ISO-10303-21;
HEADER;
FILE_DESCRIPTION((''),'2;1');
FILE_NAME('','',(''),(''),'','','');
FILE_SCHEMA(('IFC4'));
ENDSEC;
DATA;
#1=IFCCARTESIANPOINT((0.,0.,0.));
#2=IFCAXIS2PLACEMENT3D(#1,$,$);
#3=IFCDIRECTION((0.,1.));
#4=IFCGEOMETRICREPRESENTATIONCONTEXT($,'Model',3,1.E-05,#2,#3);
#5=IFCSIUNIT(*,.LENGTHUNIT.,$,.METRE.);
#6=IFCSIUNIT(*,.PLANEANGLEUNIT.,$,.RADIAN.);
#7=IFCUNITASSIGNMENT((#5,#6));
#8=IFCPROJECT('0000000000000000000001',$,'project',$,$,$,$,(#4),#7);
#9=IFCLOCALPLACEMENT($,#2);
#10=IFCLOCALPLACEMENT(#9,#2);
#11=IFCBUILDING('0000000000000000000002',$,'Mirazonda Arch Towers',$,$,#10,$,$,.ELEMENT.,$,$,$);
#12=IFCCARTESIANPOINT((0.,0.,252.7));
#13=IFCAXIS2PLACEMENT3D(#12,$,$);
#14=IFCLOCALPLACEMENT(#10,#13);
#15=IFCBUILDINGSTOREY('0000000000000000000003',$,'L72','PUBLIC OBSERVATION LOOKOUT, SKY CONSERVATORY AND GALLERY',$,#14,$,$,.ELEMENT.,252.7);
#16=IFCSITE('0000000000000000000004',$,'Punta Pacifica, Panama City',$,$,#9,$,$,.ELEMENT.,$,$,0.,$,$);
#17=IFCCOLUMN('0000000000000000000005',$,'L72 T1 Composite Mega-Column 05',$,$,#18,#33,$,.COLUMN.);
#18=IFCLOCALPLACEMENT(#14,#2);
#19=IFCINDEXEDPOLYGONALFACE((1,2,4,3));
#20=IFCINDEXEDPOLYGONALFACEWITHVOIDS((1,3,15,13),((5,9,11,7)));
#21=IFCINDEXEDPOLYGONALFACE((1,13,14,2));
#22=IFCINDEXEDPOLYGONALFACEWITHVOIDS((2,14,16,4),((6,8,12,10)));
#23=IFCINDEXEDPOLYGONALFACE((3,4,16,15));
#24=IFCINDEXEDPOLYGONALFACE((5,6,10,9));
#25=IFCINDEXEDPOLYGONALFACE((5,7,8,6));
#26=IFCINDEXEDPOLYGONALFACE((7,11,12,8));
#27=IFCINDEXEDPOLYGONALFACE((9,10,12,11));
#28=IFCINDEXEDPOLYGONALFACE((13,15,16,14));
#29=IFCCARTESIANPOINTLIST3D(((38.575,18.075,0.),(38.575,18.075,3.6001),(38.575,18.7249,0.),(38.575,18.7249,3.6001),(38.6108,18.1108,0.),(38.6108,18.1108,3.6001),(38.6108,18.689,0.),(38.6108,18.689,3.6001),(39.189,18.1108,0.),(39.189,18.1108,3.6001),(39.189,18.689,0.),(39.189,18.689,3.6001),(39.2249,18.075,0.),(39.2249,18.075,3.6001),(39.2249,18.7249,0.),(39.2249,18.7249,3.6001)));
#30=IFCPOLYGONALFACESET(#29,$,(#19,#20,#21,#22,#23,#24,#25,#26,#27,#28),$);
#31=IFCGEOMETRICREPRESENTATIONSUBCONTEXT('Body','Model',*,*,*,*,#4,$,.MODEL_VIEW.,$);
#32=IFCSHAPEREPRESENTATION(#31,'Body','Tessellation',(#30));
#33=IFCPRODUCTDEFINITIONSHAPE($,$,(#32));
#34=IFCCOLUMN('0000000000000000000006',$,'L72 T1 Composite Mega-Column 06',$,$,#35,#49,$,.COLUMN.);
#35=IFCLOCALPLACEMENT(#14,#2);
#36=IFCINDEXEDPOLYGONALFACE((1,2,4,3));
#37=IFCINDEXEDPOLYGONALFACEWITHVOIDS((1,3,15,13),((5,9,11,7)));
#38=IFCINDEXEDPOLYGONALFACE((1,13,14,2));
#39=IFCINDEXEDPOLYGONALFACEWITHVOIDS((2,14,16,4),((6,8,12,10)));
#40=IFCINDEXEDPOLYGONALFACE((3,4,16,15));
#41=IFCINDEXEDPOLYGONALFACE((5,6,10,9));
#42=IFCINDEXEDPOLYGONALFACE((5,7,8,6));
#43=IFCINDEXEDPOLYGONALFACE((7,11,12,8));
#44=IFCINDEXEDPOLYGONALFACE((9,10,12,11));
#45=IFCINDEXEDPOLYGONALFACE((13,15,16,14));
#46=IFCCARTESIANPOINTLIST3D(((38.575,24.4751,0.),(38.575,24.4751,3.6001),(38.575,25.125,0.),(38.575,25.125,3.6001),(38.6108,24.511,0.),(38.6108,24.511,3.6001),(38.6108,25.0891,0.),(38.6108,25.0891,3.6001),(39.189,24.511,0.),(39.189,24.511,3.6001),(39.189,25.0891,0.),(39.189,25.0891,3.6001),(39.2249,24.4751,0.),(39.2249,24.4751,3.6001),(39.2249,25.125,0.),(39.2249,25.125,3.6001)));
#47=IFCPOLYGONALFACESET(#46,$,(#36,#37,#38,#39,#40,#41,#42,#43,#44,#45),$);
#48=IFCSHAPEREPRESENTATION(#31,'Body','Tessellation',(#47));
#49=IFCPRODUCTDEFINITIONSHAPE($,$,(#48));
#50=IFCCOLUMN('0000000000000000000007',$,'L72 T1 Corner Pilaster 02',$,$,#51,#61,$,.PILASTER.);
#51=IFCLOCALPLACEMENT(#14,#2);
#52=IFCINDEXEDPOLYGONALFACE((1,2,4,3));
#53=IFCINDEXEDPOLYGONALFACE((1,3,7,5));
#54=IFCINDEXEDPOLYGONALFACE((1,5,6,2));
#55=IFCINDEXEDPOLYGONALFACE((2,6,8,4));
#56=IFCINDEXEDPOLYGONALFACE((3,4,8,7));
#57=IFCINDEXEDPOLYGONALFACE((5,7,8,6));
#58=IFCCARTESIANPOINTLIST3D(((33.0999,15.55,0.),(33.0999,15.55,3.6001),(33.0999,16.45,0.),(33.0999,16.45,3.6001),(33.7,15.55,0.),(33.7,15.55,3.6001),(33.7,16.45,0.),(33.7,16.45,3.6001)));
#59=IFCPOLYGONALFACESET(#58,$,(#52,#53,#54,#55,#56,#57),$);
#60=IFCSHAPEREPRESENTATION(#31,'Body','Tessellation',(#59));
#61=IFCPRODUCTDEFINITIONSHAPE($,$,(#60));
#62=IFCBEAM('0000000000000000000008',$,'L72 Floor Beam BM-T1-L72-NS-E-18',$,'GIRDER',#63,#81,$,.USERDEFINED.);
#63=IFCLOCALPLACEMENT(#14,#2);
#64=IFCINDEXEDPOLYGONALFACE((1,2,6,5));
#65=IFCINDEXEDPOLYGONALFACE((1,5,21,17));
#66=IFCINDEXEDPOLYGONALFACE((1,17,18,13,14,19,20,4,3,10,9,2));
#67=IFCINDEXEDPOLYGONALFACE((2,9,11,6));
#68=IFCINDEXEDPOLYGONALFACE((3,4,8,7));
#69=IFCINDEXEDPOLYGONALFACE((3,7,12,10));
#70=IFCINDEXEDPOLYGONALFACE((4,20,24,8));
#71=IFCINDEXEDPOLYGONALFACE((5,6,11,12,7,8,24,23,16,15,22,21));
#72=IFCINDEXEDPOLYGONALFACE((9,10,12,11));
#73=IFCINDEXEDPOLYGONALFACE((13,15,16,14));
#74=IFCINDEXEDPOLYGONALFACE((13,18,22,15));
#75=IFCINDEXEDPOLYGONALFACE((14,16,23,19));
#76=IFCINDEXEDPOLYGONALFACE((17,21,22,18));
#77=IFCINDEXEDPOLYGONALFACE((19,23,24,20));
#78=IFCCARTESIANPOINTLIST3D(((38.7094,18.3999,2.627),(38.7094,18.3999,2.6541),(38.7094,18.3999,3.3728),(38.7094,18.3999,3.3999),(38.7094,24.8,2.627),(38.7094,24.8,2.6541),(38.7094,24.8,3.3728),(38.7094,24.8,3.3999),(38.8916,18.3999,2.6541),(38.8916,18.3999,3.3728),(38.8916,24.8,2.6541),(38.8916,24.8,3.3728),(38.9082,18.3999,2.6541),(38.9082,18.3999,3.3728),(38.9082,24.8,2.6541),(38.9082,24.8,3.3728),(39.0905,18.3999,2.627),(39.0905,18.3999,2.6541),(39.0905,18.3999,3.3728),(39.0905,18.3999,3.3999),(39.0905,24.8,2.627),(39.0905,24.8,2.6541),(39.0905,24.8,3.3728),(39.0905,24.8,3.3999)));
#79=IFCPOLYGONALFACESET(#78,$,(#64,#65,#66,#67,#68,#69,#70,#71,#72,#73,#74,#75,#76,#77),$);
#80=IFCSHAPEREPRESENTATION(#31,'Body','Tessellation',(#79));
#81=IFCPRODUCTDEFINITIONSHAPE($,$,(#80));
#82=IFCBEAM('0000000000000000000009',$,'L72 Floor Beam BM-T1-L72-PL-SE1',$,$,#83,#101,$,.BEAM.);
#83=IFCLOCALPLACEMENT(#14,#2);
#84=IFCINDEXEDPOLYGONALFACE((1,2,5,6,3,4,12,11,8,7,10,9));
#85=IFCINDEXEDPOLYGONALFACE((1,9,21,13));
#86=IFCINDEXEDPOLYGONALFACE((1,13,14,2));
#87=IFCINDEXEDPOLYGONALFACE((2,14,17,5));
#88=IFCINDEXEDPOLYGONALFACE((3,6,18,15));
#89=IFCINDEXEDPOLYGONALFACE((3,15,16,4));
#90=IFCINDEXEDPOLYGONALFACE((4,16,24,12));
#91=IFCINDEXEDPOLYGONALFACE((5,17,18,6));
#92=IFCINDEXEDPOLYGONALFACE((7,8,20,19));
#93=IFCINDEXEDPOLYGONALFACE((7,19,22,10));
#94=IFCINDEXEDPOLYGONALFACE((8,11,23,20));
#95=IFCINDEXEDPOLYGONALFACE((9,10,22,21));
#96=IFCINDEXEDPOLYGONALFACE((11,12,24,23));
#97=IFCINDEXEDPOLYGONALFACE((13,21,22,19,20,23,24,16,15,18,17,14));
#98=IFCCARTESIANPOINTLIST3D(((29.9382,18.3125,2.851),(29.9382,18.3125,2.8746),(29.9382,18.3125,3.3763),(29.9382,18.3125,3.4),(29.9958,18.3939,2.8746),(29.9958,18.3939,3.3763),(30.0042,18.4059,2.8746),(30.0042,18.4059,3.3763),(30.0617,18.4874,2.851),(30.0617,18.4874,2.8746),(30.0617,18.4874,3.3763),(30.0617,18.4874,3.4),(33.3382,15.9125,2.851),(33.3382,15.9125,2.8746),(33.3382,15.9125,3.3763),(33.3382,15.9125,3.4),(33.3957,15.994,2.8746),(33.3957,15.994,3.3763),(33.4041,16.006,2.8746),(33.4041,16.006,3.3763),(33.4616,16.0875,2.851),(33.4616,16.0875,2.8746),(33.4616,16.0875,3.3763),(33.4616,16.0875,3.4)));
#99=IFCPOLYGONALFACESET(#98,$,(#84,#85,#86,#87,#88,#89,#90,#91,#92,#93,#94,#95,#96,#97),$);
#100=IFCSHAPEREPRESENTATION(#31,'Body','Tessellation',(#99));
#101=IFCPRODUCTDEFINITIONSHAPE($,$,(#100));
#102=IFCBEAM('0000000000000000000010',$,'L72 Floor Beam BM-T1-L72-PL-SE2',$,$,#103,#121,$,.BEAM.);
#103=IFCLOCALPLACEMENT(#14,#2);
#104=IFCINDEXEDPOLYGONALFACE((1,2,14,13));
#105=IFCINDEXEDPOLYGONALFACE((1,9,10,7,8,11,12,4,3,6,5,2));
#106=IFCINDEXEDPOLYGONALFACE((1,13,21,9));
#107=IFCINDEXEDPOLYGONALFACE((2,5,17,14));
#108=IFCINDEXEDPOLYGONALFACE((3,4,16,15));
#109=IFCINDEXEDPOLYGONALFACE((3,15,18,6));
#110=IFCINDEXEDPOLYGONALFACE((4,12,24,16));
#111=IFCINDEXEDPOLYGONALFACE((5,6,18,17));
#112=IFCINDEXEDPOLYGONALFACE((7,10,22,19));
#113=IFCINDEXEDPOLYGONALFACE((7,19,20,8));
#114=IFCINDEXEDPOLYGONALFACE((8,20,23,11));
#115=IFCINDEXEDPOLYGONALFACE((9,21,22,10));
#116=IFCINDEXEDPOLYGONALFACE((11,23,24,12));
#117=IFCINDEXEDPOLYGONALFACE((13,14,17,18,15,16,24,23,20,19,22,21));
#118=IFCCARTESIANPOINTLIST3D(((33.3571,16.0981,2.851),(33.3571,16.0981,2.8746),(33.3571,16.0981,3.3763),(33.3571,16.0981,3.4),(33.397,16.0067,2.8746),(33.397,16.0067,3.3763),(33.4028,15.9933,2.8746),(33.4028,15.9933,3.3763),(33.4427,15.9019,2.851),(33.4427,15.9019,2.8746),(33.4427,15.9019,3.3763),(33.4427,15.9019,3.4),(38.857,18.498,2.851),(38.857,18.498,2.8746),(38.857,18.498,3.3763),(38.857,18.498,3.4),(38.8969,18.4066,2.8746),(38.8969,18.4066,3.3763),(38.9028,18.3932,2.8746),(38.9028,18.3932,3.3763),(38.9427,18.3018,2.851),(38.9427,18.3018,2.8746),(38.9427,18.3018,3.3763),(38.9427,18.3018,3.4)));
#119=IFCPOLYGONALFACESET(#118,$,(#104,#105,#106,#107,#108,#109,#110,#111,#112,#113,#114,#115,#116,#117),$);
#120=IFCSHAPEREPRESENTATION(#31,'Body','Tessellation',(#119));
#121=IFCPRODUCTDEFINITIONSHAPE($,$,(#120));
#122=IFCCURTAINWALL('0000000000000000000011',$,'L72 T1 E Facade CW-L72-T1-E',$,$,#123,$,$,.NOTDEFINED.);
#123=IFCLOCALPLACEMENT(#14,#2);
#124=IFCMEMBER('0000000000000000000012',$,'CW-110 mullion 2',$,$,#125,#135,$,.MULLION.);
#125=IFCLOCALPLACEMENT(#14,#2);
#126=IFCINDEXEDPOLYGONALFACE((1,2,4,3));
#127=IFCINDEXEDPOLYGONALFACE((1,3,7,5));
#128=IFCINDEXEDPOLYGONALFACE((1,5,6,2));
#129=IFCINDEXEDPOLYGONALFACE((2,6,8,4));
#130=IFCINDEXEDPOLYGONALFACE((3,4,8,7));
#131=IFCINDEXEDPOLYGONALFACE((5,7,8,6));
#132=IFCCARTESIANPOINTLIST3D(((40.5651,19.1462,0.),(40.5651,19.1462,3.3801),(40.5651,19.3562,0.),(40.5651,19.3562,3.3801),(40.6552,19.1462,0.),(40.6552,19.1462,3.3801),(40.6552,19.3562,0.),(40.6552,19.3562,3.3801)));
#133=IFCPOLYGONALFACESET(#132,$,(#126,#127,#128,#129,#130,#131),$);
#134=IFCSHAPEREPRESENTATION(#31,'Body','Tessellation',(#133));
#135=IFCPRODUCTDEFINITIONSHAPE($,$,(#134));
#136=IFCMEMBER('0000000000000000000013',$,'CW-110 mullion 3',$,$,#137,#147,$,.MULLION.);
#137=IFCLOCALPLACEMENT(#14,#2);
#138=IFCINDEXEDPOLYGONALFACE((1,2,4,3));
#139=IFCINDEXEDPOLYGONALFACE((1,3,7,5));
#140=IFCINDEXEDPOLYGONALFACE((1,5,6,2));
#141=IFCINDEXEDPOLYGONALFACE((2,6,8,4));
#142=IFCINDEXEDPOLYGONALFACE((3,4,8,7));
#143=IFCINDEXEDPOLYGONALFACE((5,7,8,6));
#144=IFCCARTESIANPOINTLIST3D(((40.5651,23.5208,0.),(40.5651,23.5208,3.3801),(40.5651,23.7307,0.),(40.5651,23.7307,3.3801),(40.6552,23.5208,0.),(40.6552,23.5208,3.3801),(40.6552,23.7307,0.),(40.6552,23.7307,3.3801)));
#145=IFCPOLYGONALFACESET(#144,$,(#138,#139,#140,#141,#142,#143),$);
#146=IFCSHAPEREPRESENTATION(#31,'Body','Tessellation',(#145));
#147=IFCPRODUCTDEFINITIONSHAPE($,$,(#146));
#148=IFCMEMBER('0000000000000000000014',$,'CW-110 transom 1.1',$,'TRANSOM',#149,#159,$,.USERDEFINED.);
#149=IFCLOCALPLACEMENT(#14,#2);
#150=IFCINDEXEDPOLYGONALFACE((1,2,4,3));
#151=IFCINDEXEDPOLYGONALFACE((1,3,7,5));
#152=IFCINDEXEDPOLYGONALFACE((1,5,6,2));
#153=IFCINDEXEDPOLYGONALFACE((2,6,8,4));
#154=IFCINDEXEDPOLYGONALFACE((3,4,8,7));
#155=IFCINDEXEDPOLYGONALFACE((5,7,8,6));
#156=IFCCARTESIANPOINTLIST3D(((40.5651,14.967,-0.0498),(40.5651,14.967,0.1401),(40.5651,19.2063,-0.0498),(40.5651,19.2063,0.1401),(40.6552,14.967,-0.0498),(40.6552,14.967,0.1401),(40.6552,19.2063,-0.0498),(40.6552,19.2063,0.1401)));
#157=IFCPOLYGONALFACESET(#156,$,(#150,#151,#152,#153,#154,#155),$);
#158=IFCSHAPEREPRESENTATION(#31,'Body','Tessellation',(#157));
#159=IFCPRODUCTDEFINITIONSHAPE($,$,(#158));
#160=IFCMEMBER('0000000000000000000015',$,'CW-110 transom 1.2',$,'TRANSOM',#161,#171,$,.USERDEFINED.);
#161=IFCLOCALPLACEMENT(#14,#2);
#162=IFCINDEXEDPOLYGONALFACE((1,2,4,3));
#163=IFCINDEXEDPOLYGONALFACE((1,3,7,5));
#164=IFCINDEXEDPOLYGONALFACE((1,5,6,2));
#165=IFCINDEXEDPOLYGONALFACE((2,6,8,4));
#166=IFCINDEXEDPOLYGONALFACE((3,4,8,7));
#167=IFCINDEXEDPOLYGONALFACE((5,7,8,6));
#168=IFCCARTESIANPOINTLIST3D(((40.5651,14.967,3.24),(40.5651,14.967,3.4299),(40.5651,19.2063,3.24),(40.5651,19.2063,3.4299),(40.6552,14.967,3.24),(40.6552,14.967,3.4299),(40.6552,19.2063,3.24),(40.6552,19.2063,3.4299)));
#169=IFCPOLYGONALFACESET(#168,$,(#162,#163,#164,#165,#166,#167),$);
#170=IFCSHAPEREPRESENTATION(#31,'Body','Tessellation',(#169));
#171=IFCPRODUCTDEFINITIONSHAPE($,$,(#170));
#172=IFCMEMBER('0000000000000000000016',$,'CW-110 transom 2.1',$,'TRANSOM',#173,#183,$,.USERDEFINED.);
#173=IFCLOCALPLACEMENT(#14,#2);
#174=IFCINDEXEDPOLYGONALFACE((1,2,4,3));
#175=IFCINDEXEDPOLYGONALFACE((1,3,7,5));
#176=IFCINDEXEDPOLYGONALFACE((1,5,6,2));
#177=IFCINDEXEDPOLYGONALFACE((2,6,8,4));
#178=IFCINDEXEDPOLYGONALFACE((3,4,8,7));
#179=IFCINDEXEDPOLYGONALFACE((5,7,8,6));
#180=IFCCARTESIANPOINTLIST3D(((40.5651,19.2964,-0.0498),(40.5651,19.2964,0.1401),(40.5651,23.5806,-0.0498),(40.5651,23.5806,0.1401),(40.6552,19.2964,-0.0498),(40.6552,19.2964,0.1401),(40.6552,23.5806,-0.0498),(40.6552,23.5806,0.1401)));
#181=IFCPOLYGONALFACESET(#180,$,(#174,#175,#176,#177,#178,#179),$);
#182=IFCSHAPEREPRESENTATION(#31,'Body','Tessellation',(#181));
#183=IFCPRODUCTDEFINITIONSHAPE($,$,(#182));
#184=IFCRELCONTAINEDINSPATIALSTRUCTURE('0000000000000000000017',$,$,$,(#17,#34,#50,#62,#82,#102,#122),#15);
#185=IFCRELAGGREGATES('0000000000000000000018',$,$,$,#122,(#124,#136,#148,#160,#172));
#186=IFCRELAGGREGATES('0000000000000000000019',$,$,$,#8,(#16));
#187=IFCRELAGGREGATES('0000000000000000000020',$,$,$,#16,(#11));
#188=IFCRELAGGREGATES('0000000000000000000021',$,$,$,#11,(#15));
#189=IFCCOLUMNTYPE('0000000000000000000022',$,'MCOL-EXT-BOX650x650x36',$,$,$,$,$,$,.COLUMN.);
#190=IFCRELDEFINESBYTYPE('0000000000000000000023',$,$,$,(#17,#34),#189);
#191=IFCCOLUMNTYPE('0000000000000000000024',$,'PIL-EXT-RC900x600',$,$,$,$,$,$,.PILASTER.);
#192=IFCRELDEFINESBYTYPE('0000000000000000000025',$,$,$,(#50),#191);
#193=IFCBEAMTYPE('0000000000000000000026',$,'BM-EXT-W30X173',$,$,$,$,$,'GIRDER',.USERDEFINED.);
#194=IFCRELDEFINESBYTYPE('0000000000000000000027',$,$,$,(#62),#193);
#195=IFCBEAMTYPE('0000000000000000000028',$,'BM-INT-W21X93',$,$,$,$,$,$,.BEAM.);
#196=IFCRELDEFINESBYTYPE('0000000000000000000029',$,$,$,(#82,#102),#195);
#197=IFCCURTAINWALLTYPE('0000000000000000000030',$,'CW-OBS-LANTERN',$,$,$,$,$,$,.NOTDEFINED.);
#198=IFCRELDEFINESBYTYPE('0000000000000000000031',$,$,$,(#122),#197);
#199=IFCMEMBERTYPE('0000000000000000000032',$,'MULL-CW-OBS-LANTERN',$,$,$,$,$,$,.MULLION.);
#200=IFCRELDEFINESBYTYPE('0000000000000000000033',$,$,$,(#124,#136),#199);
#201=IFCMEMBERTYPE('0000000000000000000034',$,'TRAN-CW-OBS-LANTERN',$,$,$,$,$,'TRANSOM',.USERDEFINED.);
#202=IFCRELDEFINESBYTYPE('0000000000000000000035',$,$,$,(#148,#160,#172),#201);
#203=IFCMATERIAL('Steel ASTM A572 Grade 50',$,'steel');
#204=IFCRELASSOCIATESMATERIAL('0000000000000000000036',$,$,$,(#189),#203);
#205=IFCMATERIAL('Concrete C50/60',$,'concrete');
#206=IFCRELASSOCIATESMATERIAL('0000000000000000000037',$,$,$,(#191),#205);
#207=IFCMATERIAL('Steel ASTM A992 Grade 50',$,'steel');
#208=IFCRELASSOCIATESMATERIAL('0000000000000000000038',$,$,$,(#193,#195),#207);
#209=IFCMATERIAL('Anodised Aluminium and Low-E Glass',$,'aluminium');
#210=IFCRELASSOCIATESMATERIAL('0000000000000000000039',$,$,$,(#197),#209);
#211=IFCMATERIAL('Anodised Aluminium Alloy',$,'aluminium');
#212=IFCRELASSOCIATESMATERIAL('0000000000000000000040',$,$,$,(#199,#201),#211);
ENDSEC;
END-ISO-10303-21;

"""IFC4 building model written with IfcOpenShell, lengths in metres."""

from ifc_helpers import new_model, si_unit, direction, frame, origin, origin_2d, place, context, subcontext, project, spatial, rectangle, hollow_rectangle, i_section, extrude, material, material_profile, profile_set, type_object, element, aggregate, save


model = new_model("IFC4")

# Units and contexts
model_context = context("Model", 3, precision=1e-05, world=origin(), true_north=direction((0.0, 1.0)))
body_context = subcontext(model_context, "Body", "Model", "MODEL_VIEW")
ifc_project = project(units=[si_unit("LENGTHUNIT", "METRE"), si_unit("PLANEANGLEUNIT", "RADIAN")], contexts=[model_context])

# Site, building, storey
site_placement = place(None, origin())
site = spatial("IfcSite", under=ifc_project, at=site_placement, Name="Punta Pacifica, Panama City", CompositionType="ELEMENT", RefElevation=0.0)
building_placement = place(site_placement, origin())
building = spatial("IfcBuilding", under=site, at=building_placement, Name="Mirazonda Arch Towers", CompositionType="ELEMENT")
storey_placement = place(building_placement, frame((0.0, 0.0, 252.7)))
storey = spatial("IfcBuildingStorey", under=building, at=storey_placement, Name="L72", Description="PUBLIC OBSERVATION LOOKOUT, SKY CONSERVATORY AND GALLERY", CompositionType="ELEMENT", Elevation=252.7)

# Columns
ifc_material_1 = material(Name="Steel ASTM A572 Grade 50", Category="steel")
ifc_material_profile_1 = material_profile(ifc_material_1, hollow_rectangle(XDim=0.6499, YDim=0.6499, WallThickness=0.0359, at=origin_2d()), Name="BOX650x650x36")
ifc_profile_set_1 = profile_set([ifc_material_profile_1], Name="Steel ASTM A572 Grade 50")
column_type_1 = type_object("IfcColumnType", Name="MCOL-EXT-BOX650x650x36", PredefinedType="COLUMN", material=ifc_profile_set_1)
for number, where, z_axis, x_axis, name in (
    (1, (38.8999, 18.3999, 0.0), (0.0, 0.0, 1.0), (1.0, 0.0, 0.0), "L72 T1 Composite Mega-Column 05"),
    (2, (38.8999, 24.8, 0.0), (0.0, 0.0, 1.0), (1.0, 0.0, 0.0), "L72 T1 Composite Mega-Column 06"),
):
    element("IfcColumn", number, at=place(storey_placement, frame(where, z_axis=z_axis, x_axis=x_axis)), inside=storey, type_object=column_type_1, Name=name, PredefinedType="COLUMN", context=body_context, shape_type="SweptSolid", body=[
        extrude(hollow_rectangle(XDim=0.6499, YDim=0.6499, WallThickness=0.0359, at=origin_2d()), origin(), (0.0, 0.0, 1.0), 3.6001),
    ])
ifc_material_2 = material(Name="Concrete C50/60", Category="concrete")
ifc_material_profile_2 = material_profile(ifc_material_2, rectangle(XDim=0.6001, YDim=0.8999, at=origin_2d()), Name="RC900x600")
ifc_profile_set_2 = profile_set([ifc_material_profile_2], Name="Concrete C50/60")
column_type_2 = type_object("IfcColumnType", Name="PIL-EXT-RC900x600", PredefinedType="PILASTER", material=ifc_profile_set_2)
column_placement = place(storey_placement, frame((33.3999, 16.0, 0.0), z_axis=(0.0, 0.0, 1.0), x_axis=(1.0, 0.0, 0.0)))
element("IfcColumn", 3, at=column_placement, inside=storey, type_object=column_type_2, Name="L72 T1 Corner Pilaster 02", PredefinedType="PILASTER", context=body_context, shape_type="SweptSolid", body=[
    extrude(rectangle(XDim=0.6001, YDim=0.8999, at=origin_2d()), origin(), (0.0, 0.0, 1.0), 3.6001),
])

# Beams
ifc_material_3 = material(Name="Steel ASTM A992 Grade 50", Category="steel")
ifc_material_profile_3 = material_profile(ifc_material_3, i_section(OverallWidth=0.3811, OverallDepth=0.7729, WebThickness=0.0166, FlangeThickness=0.0271, at=origin_2d()), Name="W30X173")
ifc_profile_set_3 = profile_set([ifc_material_profile_3], Name="Steel ASTM A992 Grade 50")
beam_type_1 = type_object("IfcBeamType", Name="BM-EXT-W30X173", ElementType="GIRDER", PredefinedType="USERDEFINED", material=ifc_profile_set_3)
beam_1_placement = place(storey_placement, frame((38.8999, 18.3999, 3.0134), z_axis=(0.0, 1.0, 0.0), x_axis=(-1.0, 0.0, 0.0)))
element("IfcBeam", 4, at=beam_1_placement, inside=storey, type_object=beam_type_1, Name="L72 Floor Beam BM-T1-L72-NS-E-18", ObjectType="GIRDER", PredefinedType="USERDEFINED", context=body_context, shape_type="SweptSolid", body=[
    extrude(i_section(OverallWidth=0.3811, OverallDepth=0.7729, WebThickness=0.0166, FlangeThickness=0.0271, at=origin_2d()), origin(), (0.0, 0.0, 1.0), 6.4001),
])
ifc_material_profile_4 = material_profile(ifc_material_3, i_section(OverallWidth=0.2141, OverallDepth=0.5491, WebThickness=0.0146, FlangeThickness=0.0237, at=origin_2d()), Name="W21X93")
ifc_profile_set_4 = profile_set([ifc_material_profile_4], Name="Steel ASTM A992 Grade 50")
beam_type_2 = type_object("IfcBeamType", Name="BM-INT-W21X93", PredefinedType="BEAM", material=ifc_profile_set_4)
beam_2_placement = place(storey_placement, frame((33.3999, 16.0, 3.1255), z_axis=(-0.816971, 0.576679, 0.0), x_axis=(-0.576679, -0.816971, 0.0)))
element("IfcBeam", 5, at=beam_2_placement, inside=storey, type_object=beam_type_2, Name="L72 Floor Beam BM-T1-L72-PL-SE1", PredefinedType="BEAM", context=body_context, shape_type="SweptSolid", body=[
    extrude(i_section(OverallWidth=0.2141, OverallDepth=0.5491, WebThickness=0.0146, FlangeThickness=0.0237, at=origin_2d()), origin(), (0.0, 0.0, 1.0), 4.1616),
])
beam_3_placement = place(storey_placement, frame((33.3999, 16.0, 3.1255), z_axis=(0.916545, 0.399931, 0.0), x_axis=(-0.399931, 0.916545, 0.0)))
element("IfcBeam", 6, at=beam_3_placement, inside=storey, type_object=beam_type_2, Name="L72 Floor Beam BM-T1-L72-PL-SE2", PredefinedType="BEAM", context=body_context, shape_type="SweptSolid", body=[
    extrude(i_section(OverallWidth=0.2141, OverallDepth=0.5491, WebThickness=0.0146, FlangeThickness=0.0237, at=origin_2d()), origin(), (0.0, 0.0, 1.0), 6.0007),
])

# Curtain wall, members
ifc_material_4 = material(Name="Anodised Aluminium and Low-E Glass", Category="aluminium")
curtain_wall_type = type_object("IfcCurtainWallType", Name="CW-OBS-LANTERN", PredefinedType="NOTDEFINED", material=ifc_material_4)
curtain_wall_placement = place(storey_placement, origin())
curtain_wall = element("IfcCurtainWall", 7, at=curtain_wall_placement, inside=storey, type_object=curtain_wall_type, Name="L72 T1 E Facade CW-L72-T1-E", PredefinedType="NOTDEFINED")
ifc_material_5 = material(Name="Anodised Aluminium Alloy", Category="aluminium")
ifc_material_profile_5 = material_profile(ifc_material_5, rectangle(XDim=0.0901, YDim=0.21, at=origin_2d()), Name="ALU-MULL-90x210")
ifc_profile_set_5 = profile_set([ifc_material_profile_5], Name="Anodised Aluminium Alloy")
member_type_1 = type_object("IfcMemberType", Name="MULL-CW-OBS-LANTERN", PredefinedType="MULLION", material=ifc_profile_set_5)
member_1_placement = place(storey_placement, frame((40.6101, 19.2512, 0.0), z_axis=(0.0, 0.0, 1.0), x_axis=(-1.0, 0.0, 0.0)))
member_1 = element("IfcMember", 8, at=member_1_placement, type_object=member_type_1, Name="CW-110 mullion 2", PredefinedType="MULLION", context=body_context, shape_type="SweptSolid", body=[
    extrude(rectangle(XDim=0.0901, YDim=0.21, at=origin_2d()), origin(), (0.0, 0.0, 1.0), 3.3801),
])
member_2_placement = place(storey_placement, frame((40.6101, 23.6257, 0.0), z_axis=(0.0, 0.0, 1.0), x_axis=(-1.0, 0.0, 0.0)))
member_2 = element("IfcMember", 9, at=member_2_placement, type_object=member_type_1, Name="CW-110 mullion 3", PredefinedType="MULLION", context=body_context, shape_type="SweptSolid", body=[
    extrude(rectangle(XDim=0.0901, YDim=0.21, at=origin_2d()), origin(), (0.0, 0.0, 1.0), 3.3801),
])
ifc_material_profile_6 = material_profile(ifc_material_5, rectangle(XDim=0.0901, YDim=0.1899, at=origin_2d()), Name="ALU-TRAN-90x190")
ifc_profile_set_6 = profile_set([ifc_material_profile_6], Name="Anodised Aluminium Alloy")
member_type_2 = type_object("IfcMemberType", Name="TRAN-CW-OBS-LANTERN", ElementType="TRANSOM", PredefinedType="USERDEFINED", material=ifc_profile_set_6)
member_3_placement = place(storey_placement, frame((40.6101, 14.967, 0.0452), z_axis=(0.0, 1.0, 0.0), x_axis=(-1.0, 0.0, 0.0)))
member_3 = element("IfcMember", 10, at=member_3_placement, type_object=member_type_2, Name="CW-110 transom 1.1", ObjectType="TRANSOM", PredefinedType="USERDEFINED", context=body_context, shape_type="SweptSolid", body=[
    extrude(rectangle(XDim=0.0901, YDim=0.1899, at=origin_2d()), origin(), (0.0, 0.0, 1.0), 4.2393),
])
member_4_placement = place(storey_placement, frame((40.6101, 14.967, 3.335), z_axis=(0.0, 1.0, 0.0), x_axis=(-1.0, 0.0, 0.0)))
member_4 = element("IfcMember", 11, at=member_4_placement, type_object=member_type_2, Name="CW-110 transom 1.2", ObjectType="TRANSOM", PredefinedType="USERDEFINED", context=body_context, shape_type="SweptSolid", body=[
    extrude(rectangle(XDim=0.0901, YDim=0.1899, at=origin_2d()), origin(), (0.0, 0.0, 1.0), 4.2393),
])
member_5_placement = place(storey_placement, frame((40.6101, 19.2964, 0.0452), z_axis=(0.0, 1.0, 0.0), x_axis=(-1.0, 0.0, 0.0)))
member_5 = element("IfcMember", 12, at=member_5_placement, type_object=member_type_2, Name="CW-110 transom 2.1", ObjectType="TRANSOM", PredefinedType="USERDEFINED", context=body_context, shape_type="SweptSolid", body=[
    extrude(rectangle(XDim=0.0901, YDim=0.1899, at=origin_2d()), origin(), (0.0, 0.0, 1.0), 4.2842),
])
aggregate(curtain_wall, [member_1, member_2, member_3, member_4, member_5])

save(model, "model.ifc")
